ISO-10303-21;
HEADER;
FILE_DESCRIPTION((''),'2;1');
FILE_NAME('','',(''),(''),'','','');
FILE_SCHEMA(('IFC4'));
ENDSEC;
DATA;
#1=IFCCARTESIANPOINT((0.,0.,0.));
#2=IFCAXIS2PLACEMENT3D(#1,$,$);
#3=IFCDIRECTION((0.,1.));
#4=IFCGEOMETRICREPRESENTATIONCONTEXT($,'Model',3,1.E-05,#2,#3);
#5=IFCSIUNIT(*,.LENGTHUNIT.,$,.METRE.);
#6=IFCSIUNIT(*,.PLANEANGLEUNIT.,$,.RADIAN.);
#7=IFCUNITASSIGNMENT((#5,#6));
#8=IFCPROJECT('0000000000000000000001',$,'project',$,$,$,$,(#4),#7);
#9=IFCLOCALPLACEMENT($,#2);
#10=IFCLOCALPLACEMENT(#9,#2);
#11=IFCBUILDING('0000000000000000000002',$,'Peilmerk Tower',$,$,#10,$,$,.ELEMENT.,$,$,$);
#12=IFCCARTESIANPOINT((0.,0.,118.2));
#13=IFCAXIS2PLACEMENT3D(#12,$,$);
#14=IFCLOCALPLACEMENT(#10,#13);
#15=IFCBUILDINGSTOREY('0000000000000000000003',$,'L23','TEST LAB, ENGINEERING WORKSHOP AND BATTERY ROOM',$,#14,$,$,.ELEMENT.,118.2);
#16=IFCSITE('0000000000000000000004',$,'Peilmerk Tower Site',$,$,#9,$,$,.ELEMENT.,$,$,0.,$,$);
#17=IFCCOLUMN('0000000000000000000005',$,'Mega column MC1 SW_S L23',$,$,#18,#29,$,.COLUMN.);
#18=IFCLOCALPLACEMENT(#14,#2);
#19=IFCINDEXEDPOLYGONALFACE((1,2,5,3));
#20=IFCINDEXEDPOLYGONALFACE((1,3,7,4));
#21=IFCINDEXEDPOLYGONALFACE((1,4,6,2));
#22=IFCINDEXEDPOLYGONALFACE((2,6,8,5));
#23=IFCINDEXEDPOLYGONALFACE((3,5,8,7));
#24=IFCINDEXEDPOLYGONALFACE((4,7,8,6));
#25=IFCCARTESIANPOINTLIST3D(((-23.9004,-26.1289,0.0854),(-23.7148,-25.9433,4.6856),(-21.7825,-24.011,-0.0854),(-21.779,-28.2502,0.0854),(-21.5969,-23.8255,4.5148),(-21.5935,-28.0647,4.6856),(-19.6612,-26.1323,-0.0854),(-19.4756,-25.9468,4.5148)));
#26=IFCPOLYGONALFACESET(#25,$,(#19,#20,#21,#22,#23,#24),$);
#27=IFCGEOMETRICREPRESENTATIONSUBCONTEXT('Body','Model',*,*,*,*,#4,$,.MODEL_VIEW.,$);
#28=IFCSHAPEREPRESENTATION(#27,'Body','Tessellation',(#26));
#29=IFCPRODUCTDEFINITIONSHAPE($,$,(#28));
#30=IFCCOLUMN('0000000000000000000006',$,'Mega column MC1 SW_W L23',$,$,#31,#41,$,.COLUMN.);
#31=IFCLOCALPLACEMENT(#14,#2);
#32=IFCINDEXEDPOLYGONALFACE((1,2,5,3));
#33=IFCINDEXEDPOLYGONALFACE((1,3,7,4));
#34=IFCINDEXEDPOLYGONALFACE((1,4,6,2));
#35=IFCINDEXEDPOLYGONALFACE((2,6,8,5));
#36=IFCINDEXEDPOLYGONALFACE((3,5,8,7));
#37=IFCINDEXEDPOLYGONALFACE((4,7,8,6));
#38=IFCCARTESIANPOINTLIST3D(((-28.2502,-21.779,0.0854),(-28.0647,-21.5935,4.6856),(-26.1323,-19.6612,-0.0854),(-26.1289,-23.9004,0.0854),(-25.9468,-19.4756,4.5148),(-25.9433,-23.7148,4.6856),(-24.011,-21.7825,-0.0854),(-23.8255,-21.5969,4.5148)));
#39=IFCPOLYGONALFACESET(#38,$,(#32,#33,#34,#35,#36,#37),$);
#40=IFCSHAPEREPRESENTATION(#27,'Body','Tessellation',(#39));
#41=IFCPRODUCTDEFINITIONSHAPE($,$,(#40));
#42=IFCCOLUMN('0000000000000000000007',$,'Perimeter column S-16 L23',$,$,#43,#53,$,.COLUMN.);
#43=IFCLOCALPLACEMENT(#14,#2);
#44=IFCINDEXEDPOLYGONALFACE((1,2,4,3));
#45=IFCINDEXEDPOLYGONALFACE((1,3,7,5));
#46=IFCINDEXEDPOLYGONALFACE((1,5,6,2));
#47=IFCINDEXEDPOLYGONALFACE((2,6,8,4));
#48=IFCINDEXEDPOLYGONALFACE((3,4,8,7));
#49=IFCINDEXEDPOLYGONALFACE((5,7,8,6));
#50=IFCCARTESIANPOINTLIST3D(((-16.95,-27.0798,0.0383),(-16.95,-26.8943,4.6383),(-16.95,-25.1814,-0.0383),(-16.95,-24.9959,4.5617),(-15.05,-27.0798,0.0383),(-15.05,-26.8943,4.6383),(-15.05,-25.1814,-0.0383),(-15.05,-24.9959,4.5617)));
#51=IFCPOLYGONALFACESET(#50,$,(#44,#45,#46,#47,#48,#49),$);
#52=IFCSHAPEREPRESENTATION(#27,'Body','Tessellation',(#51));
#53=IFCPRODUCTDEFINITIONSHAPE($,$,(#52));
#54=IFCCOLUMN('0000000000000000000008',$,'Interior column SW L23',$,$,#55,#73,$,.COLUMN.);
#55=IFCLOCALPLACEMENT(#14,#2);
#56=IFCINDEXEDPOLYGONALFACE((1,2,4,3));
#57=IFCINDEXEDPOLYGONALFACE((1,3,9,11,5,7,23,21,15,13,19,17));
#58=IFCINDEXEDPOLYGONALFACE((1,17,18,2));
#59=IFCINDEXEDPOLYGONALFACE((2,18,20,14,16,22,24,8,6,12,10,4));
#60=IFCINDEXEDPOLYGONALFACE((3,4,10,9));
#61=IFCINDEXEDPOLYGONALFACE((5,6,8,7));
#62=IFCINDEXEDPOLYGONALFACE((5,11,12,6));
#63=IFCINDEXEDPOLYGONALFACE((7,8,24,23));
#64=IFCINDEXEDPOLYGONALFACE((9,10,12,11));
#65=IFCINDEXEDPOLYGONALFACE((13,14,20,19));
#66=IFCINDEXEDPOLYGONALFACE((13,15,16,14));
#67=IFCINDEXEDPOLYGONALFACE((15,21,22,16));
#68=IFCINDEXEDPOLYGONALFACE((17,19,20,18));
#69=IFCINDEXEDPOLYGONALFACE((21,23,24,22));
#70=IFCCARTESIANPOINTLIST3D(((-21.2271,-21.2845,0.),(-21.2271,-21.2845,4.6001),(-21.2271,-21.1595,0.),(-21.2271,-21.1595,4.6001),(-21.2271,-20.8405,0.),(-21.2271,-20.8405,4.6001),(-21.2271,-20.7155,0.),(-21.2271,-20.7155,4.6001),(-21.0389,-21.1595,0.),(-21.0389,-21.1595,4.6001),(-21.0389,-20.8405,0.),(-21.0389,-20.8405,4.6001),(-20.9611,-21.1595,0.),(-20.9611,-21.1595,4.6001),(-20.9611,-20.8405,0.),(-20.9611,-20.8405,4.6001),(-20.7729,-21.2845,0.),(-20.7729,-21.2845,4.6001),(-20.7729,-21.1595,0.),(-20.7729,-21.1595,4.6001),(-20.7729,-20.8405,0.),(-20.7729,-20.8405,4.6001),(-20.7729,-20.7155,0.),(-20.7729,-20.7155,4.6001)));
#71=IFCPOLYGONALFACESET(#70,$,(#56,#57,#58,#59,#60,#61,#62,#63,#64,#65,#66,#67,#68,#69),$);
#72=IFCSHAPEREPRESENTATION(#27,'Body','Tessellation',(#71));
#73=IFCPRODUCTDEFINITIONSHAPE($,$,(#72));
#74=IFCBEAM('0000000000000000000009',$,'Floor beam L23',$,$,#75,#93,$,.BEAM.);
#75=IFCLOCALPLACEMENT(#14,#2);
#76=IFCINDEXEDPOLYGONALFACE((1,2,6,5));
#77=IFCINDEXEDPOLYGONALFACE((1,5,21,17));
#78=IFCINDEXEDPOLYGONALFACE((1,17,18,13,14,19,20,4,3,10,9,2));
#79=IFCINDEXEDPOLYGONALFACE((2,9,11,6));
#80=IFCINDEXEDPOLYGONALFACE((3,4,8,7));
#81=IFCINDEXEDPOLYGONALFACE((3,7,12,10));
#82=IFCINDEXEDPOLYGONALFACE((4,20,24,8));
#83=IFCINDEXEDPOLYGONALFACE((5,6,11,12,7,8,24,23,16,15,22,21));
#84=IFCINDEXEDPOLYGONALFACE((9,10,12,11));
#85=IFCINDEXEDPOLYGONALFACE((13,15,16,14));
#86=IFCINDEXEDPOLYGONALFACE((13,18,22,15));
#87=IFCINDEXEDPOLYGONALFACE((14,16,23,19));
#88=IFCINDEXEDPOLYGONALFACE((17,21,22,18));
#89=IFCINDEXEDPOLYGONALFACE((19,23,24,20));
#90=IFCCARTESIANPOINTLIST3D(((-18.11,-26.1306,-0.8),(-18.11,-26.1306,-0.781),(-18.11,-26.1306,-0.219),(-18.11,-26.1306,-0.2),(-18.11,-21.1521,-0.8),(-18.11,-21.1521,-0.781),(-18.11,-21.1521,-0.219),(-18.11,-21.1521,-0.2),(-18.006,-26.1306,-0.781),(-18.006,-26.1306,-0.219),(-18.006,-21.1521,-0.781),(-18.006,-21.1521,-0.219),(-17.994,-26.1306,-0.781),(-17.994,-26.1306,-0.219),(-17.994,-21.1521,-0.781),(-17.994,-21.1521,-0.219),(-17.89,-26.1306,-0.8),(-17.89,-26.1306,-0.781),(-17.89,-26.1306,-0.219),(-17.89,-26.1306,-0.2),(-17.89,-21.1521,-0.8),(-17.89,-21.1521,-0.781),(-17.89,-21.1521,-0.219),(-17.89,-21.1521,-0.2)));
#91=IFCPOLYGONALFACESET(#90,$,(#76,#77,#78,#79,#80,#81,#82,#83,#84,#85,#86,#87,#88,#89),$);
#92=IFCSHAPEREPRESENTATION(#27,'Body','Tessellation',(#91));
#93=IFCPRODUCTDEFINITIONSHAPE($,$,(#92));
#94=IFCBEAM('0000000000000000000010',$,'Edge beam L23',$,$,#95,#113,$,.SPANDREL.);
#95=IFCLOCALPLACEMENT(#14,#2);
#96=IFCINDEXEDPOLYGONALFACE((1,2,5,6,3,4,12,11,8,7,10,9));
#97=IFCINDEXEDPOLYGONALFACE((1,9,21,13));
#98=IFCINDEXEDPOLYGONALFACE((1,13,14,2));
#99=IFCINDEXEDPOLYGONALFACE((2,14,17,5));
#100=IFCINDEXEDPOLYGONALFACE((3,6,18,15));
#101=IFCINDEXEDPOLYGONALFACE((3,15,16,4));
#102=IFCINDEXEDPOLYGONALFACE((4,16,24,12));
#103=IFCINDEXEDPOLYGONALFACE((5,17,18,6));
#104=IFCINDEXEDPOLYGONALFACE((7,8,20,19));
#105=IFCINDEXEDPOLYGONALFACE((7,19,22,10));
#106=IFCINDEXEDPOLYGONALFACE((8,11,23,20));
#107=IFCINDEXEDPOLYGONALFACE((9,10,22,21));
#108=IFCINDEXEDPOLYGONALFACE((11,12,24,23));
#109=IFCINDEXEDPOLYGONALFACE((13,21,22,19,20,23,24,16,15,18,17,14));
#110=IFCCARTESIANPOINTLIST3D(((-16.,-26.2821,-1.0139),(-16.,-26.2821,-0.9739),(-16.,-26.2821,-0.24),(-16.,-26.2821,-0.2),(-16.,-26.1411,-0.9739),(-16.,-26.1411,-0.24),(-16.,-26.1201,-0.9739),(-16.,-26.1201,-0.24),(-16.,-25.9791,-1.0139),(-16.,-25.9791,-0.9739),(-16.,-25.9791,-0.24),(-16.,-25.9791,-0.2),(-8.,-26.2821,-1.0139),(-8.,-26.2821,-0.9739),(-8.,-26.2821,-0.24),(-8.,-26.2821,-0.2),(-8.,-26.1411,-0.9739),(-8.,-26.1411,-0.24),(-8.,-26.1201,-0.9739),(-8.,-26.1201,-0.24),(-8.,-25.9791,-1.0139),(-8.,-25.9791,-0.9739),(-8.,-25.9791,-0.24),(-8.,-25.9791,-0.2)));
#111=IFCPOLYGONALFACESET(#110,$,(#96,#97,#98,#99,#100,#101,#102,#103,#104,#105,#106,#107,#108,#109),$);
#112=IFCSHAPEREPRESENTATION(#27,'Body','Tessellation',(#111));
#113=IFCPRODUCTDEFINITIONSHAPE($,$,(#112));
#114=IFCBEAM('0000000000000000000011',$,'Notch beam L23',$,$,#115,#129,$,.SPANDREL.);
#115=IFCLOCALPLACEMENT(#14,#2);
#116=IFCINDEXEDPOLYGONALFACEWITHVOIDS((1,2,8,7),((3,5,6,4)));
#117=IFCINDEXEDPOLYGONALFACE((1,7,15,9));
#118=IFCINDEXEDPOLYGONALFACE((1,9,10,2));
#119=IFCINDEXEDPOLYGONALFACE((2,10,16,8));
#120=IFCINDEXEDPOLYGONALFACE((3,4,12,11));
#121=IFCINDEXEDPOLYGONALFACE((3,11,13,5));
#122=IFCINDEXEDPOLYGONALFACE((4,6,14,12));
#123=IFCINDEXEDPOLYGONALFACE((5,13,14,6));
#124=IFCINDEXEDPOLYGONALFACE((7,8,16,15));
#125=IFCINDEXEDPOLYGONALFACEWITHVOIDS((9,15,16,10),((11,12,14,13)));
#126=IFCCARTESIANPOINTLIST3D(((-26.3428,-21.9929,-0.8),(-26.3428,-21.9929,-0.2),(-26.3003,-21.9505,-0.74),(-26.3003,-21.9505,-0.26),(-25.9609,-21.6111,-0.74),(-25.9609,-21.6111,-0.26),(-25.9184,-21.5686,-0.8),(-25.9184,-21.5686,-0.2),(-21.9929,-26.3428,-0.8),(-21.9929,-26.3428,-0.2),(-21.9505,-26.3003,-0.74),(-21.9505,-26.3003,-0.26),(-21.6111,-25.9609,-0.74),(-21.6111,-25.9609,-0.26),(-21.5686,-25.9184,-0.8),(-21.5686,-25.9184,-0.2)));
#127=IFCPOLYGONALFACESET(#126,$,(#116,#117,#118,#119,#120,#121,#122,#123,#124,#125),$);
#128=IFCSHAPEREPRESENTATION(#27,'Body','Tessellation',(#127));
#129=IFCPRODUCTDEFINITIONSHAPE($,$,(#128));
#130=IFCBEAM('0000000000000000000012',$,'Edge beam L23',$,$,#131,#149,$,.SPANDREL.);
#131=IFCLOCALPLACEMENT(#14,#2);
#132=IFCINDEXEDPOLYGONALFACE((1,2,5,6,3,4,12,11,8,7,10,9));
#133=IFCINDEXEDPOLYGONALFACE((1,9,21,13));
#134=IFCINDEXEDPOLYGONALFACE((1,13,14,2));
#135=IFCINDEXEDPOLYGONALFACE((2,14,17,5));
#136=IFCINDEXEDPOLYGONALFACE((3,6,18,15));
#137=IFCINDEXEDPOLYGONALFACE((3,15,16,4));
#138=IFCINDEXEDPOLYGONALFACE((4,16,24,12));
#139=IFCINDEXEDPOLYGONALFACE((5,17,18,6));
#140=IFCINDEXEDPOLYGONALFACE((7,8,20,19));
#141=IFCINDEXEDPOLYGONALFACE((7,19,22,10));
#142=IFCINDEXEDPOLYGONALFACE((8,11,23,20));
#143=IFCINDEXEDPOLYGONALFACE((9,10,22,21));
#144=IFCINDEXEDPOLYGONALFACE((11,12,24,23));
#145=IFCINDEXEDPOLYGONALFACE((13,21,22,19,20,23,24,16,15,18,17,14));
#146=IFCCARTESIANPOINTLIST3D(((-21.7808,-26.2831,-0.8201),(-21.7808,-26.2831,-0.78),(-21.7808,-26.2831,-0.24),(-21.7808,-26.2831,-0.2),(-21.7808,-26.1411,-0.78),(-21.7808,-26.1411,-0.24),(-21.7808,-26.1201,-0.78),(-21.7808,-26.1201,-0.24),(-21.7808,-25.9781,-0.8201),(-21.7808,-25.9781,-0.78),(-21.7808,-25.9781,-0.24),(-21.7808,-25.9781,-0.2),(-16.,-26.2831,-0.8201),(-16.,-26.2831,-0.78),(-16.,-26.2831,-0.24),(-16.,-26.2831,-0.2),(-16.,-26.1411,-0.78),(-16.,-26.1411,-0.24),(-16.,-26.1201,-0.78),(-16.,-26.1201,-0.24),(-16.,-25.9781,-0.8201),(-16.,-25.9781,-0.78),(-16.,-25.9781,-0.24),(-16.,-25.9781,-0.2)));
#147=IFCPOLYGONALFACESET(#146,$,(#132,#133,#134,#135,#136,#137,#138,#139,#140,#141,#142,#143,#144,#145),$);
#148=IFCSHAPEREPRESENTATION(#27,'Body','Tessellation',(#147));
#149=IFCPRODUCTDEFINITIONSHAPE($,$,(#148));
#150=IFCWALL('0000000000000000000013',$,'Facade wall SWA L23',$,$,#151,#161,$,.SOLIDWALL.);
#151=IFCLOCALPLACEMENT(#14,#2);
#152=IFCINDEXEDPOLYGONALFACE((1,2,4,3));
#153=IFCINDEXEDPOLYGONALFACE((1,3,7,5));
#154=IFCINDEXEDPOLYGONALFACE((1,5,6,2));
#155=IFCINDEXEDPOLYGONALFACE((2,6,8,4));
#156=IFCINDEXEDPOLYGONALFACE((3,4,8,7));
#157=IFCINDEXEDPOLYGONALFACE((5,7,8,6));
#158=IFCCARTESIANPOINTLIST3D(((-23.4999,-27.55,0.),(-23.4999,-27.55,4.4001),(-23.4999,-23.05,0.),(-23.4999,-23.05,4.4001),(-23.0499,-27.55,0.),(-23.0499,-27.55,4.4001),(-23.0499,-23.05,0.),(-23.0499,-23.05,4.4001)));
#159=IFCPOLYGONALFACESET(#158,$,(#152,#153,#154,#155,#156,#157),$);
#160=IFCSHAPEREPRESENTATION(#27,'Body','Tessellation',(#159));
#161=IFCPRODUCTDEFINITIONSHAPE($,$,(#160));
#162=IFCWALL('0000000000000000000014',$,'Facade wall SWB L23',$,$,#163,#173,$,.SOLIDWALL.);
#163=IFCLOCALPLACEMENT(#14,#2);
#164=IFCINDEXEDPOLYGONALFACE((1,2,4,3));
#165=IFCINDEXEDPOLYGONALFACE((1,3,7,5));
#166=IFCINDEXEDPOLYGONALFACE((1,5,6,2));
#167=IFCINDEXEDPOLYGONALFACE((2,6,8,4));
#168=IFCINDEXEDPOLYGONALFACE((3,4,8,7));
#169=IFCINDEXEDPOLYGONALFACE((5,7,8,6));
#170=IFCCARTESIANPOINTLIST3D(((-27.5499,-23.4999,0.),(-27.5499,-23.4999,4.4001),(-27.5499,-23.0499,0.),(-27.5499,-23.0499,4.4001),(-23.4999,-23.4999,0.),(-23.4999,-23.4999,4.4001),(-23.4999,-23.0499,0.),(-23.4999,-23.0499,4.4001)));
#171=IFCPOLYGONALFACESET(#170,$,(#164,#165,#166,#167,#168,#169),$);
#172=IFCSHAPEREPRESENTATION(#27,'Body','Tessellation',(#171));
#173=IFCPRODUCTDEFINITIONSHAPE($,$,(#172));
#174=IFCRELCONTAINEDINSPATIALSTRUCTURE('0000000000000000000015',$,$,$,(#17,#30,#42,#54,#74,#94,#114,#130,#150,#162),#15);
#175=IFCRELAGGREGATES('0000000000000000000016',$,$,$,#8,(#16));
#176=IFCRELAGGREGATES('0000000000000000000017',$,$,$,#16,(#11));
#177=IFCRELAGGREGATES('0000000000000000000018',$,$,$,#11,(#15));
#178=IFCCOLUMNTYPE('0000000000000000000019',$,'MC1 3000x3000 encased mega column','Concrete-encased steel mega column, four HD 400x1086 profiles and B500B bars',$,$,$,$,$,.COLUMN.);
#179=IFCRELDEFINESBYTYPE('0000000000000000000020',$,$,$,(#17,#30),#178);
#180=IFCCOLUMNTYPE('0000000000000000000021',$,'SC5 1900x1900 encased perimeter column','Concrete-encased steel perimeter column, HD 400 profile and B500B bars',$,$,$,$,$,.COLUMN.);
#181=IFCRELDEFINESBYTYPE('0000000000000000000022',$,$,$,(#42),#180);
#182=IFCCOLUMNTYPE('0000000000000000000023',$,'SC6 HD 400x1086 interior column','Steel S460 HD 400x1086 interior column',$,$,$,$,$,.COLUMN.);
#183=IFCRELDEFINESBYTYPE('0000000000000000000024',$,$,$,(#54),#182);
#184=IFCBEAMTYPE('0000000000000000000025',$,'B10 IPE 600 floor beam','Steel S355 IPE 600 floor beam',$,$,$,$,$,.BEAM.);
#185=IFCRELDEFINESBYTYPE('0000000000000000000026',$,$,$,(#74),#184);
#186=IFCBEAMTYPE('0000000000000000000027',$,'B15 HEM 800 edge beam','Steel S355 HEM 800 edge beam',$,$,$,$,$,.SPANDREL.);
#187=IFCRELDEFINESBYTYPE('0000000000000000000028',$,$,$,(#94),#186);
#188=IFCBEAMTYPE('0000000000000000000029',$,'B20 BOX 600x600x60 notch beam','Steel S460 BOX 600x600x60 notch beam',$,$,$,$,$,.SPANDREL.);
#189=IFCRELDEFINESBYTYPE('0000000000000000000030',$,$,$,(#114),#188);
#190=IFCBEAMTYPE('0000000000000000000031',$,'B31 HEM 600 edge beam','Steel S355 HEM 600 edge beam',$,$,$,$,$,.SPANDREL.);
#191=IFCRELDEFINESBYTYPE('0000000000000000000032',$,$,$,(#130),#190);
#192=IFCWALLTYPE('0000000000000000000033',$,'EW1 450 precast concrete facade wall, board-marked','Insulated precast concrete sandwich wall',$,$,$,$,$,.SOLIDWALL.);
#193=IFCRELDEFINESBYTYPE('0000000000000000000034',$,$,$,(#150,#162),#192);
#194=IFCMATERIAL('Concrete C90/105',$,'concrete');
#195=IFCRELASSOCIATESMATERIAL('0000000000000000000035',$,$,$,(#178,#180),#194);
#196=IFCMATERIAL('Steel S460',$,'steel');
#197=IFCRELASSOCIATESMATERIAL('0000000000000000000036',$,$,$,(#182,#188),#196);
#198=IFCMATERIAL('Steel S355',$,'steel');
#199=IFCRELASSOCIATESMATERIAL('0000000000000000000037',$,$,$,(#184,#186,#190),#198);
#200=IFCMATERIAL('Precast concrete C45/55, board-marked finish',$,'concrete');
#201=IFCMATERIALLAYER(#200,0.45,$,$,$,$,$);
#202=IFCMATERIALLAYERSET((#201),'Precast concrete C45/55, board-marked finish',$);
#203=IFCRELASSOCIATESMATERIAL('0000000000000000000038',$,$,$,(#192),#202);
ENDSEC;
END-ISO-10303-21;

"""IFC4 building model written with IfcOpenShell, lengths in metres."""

from ifc_helpers import new_model, si_unit, direction, frame, frame_2d, origin, origin_2d, place, context, subcontext, project, spatial, rectangle, hollow_rectangle, i_section, extrude, material, layer, layer_set, material_profile, profile_set, type_object, element, save


model = new_model("IFC4")

# Units and contexts
model_context = context("Model", 3, precision=1e-05, world=origin(), true_north=direction((0.0, 1.0)))
body_context = subcontext(model_context, "Body", "Model", "MODEL_VIEW")
ifc_project = project(units=[si_unit("LENGTHUNIT", "METRE"), si_unit("PLANEANGLEUNIT", "RADIAN")], contexts=[model_context])

# Site, building, storey
site_placement = place(None, origin())
site = spatial("IfcSite", under=ifc_project, at=site_placement, Name="Peilmerk Tower Site", CompositionType="ELEMENT", RefElevation=0.0)
building_placement = place(site_placement, origin())
building = spatial("IfcBuilding", under=site, at=building_placement, Name="Peilmerk Tower", CompositionType="ELEMENT")
storey_placement = place(building_placement, frame((0.0, 0.0, 118.2)))
storey = spatial("IfcBuildingStorey", under=building, at=storey_placement, Name="L23", Description="TEST LAB, ENGINEERING WORKSHOP AND BATTERY ROOM", CompositionType="ELEMENT", Elevation=118.2)

# Columns
ifc_material_1 = material(Name="Concrete C90/105", Category="concrete")
ifc_material_profile_1 = material_profile(ifc_material_1, rectangle(XDim=3.0, YDim=3.0, at=origin_2d()), Name="RC 3000x3000")
ifc_profile_set_1 = profile_set([ifc_material_profile_1], Name="Concrete C90/105")
column_type_1 = type_object("IfcColumnType", Name="MC1 3000x3000 encased mega column", Description="Concrete-encased steel mega column, four HD 400x1086 profiles and B500B bars", PredefinedType="COLUMN", material=ifc_profile_set_1)
for number, where, z_axis, x_axis, name in (
    (1, (-21.7808, -26.1306, 0.0), (0.04027, 0.04027, 0.998377), (-0.707107, 0.707107, 0.0), "Mega column MC1 SW_S L23"),
    (2, (-26.1306, -21.7808, 0.0), (0.04027, 0.04027, 0.998377), (-0.707107, 0.707107, 0.0), "Mega column MC1 SW_W L23"),
):
    element("IfcColumn", number, at=place(storey_placement, frame(where, z_axis=z_axis, x_axis=x_axis)), inside=storey, type_object=column_type_1, Name=name, PredefinedType="COLUMN", context=body_context, shape_type="SweptSolid", body=[
        extrude(rectangle(XDim=3.0, YDim=3.0, at=origin_2d()), origin(), (0.0, 0.0, 1.0), 4.6077),
    ])
ifc_material_profile_2 = material_profile(ifc_material_1, rectangle(XDim=1.8999, YDim=1.8999, at=origin_2d()), Name="RC 1900x1900")
ifc_profile_set_2 = profile_set([ifc_material_profile_2], Name="Concrete C90/105")
column_type_2 = type_object("IfcColumnType", Name="SC5 1900x1900 encased perimeter column", Description="Concrete-encased steel perimeter column, HD 400 profile and B500B bars", PredefinedType="COLUMN", material=ifc_profile_set_2)
column_1_placement = place(storey_placement, frame((-16.0, -26.1306, 0.0), z_axis=(0.0, 0.040303, 0.999188), x_axis=(-1.0, 0.0, 0.0)))
element("IfcColumn", 3, at=column_1_placement, inside=storey, type_object=column_type_2, Name="Perimeter column S-16 L23", PredefinedType="COLUMN", context=body_context, shape_type="SweptSolid", body=[
    extrude(rectangle(XDim=1.8999, YDim=1.8999, at=origin_2d()), origin(), (0.0, 0.0, 1.0), 4.6038),
])
ifc_material_2 = material(Name="Steel S460", Category="steel")
ifc_material_profile_3 = material_profile(ifc_material_2, i_section(OverallWidth=0.4541, OverallDepth=0.5691, WebThickness=0.0779, FlangeThickness=0.125, at=origin_2d()), Name="HD 400x1086")
ifc_profile_set_3 = profile_set([ifc_material_profile_3], Name="Steel S460")
column_type_3 = type_object("IfcColumnType", Name="SC6 HD 400x1086 interior column", Description="Steel S460 HD 400x1086 interior column", PredefinedType="COLUMN", material=ifc_profile_set_3)
column_2_placement = place(storey_placement, frame((-21.0, -21.0, 0.0), z_axis=(0.0, 0.0, 1.0), x_axis=(1.0, 0.0, 0.0)))
element("IfcColumn", 4, at=column_2_placement, inside=storey, type_object=column_type_3, Name="Interior column SW L23", PredefinedType="COLUMN", context=body_context, shape_type="SweptSolid", body=[
    extrude(i_section(OverallWidth=0.4541, OverallDepth=0.5691, WebThickness=0.0779, FlangeThickness=0.125, at=origin_2d()), origin(), (0.0, 0.0, 1.0), 4.6001),
])

# Beams
ifc_material_3 = material(Name="Steel S355", Category="steel")
ifc_material_profile_4 = material_profile(ifc_material_3, i_section(OverallWidth=0.22, OverallDepth=0.6001, WebThickness=0.012, FlangeThickness=0.019, at=origin_2d()), Name="IPE 600")
ifc_profile_set_4 = profile_set([ifc_material_profile_4], Name="Steel S355")
beam_type_1 = type_object("IfcBeamType", Name="B10 IPE 600 floor beam", Description="Steel S355 IPE 600 floor beam", PredefinedType="BEAM", material=ifc_profile_set_4)
beam_1_placement = place(storey_placement, frame((-18.0, -21.1521, -0.5), z_axis=(0.0, -1.0, 0.0), x_axis=(1.0, 0.0, 0.0)))
element("IfcBeam", 5, at=beam_1_placement, inside=storey, type_object=beam_type_1, Name="Floor beam L23", PredefinedType="BEAM", context=body_context, shape_type="SweptSolid", body=[
    extrude(i_section(OverallWidth=0.22, OverallDepth=0.6001, WebThickness=0.012, FlangeThickness=0.019, at=origin_2d()), origin(), (0.0, 0.0, 1.0), 4.9785),
])
ifc_material_profile_5 = material_profile(ifc_material_3, i_section(OverallWidth=0.303, OverallDepth=0.814, WebThickness=0.021, FlangeThickness=0.04, at=origin_2d()), Name="HEM 800")
ifc_profile_set_5 = profile_set([ifc_material_profile_5], Name="Steel S355")
beam_type_2 = type_object("IfcBeamType", Name="B15 HEM 800 edge beam", Description="Steel S355 HEM 800 edge beam", PredefinedType="SPANDREL", material=ifc_profile_set_5)
beam_2_placement = place(storey_placement, frame((-16.0, -26.1306, -0.6069), z_axis=(1.0, 0.0, 0.0), x_axis=(0.0, 1.0, 0.0)))
element("IfcBeam", 6, at=beam_2_placement, inside=storey, type_object=beam_type_2, Name="Edge beam L23", PredefinedType="SPANDREL", context=body_context, shape_type="SweptSolid", body=[
    extrude(i_section(OverallWidth=0.303, OverallDepth=0.814, WebThickness=0.021, FlangeThickness=0.04, at=origin_2d()), origin(), (0.0, 0.0, 1.0), 8.0),
])
ifc_material_profile_6 = material_profile(ifc_material_2, hollow_rectangle(XDim=0.6001, YDim=0.6001, WallThickness=0.0601, at=origin_2d()), Name="BOX 600x600x60")
ifc_profile_set_6 = profile_set([ifc_material_profile_6], Name="Steel S460")
beam_type_3 = type_object("IfcBeamType", Name="B20 BOX 600x600x60 notch beam", Description="Steel S460 BOX 600x600x60 notch beam", PredefinedType="SPANDREL", material=ifc_profile_set_6)
beam_3_placement = place(storey_placement, frame((-21.7808, -26.1306, -0.5), z_axis=(-0.707107, 0.707107, 0.0), x_axis=(-0.707107, -0.707107, 0.0)))
element("IfcBeam", 7, at=beam_3_placement, inside=storey, type_object=beam_type_3, Name="Notch beam L23", PredefinedType="SPANDREL", context=body_context, shape_type="SweptSolid", body=[
    extrude(hollow_rectangle(XDim=0.6001, YDim=0.6001, WallThickness=0.0601, at=origin_2d()), origin(), (0.0, 0.0, 1.0), 6.1516),
])
ifc_material_profile_7 = material_profile(ifc_material_3, i_section(OverallWidth=0.3049, OverallDepth=0.6201, WebThickness=0.021, FlangeThickness=0.04, at=origin_2d()), Name="HEM 600")
ifc_profile_set_7 = profile_set([ifc_material_profile_7], Name="Steel S355")
beam_type_4 = type_object("IfcBeamType", Name="B31 HEM 600 edge beam", Description="Steel S355 HEM 600 edge beam", PredefinedType="SPANDREL", material=ifc_profile_set_7)
beam_4_placement = place(storey_placement, frame((-21.7808, -26.1306, -0.51), z_axis=(1.0, 0.0, 0.0), x_axis=(0.0, 1.0, 0.0)))
element("IfcBeam", 8, at=beam_4_placement, inside=storey, type_object=beam_type_4, Name="Edge beam L23", PredefinedType="SPANDREL", context=body_context, shape_type="SweptSolid", body=[
    extrude(i_section(OverallWidth=0.3049, OverallDepth=0.6201, WebThickness=0.021, FlangeThickness=0.04, at=origin_2d()), origin(), (0.0, 0.0, 1.0), 5.7808),
])

# Shared definitions
ifc_material_4 = material(Name="Precast concrete C45/55, board-marked finish", Category="concrete")
ifc_layer = layer(ifc_material_4, 0.45)
ifc_layer_set = layer_set([ifc_layer], Name="Precast concrete C45/55, board-marked finish")
wall_type = type_object("IfcWallType", Name="EW1 450 precast concrete facade wall, board-marked", Description="Insulated precast concrete sandwich wall", PredefinedType="SOLIDWALL", material=ifc_layer_set)

# Walls
wall_1_placement = place(storey_placement, frame((-23.2749, -23.05, 0.0), z_axis=(0.0, 0.0, 1.0), x_axis=(0.0, -1.0, 0.0)))
element("IfcWall", 9, at=wall_1_placement, inside=storey, type_object=wall_type, Name="Facade wall SWA L23", PredefinedType="SOLIDWALL", context=body_context, shape_type="SweptSolid", body=[
    extrude(rectangle(XDim=4.5, YDim=0.45, at=frame_2d((2.25, 0.0))), origin(), (0.0, 0.0, 1.0), 4.4001),
])
wall_2_placement = place(storey_placement, frame((-23.5, -23.2749, 0.0), z_axis=(0.0, 0.0, 1.0), x_axis=(-1.0, 0.0, 0.0)))
element("IfcWall", 10, at=wall_2_placement, inside=storey, type_object=wall_type, Name="Facade wall SWB L23", PredefinedType="SOLIDWALL", context=body_context, shape_type="SweptSolid", body=[
    extrude(rectangle(XDim=4.05, YDim=0.45, at=frame_2d((2.0249, 0.0))), origin(), (0.0, 0.0, 1.0), 4.4001),
])

save(model, "model.ifc")
